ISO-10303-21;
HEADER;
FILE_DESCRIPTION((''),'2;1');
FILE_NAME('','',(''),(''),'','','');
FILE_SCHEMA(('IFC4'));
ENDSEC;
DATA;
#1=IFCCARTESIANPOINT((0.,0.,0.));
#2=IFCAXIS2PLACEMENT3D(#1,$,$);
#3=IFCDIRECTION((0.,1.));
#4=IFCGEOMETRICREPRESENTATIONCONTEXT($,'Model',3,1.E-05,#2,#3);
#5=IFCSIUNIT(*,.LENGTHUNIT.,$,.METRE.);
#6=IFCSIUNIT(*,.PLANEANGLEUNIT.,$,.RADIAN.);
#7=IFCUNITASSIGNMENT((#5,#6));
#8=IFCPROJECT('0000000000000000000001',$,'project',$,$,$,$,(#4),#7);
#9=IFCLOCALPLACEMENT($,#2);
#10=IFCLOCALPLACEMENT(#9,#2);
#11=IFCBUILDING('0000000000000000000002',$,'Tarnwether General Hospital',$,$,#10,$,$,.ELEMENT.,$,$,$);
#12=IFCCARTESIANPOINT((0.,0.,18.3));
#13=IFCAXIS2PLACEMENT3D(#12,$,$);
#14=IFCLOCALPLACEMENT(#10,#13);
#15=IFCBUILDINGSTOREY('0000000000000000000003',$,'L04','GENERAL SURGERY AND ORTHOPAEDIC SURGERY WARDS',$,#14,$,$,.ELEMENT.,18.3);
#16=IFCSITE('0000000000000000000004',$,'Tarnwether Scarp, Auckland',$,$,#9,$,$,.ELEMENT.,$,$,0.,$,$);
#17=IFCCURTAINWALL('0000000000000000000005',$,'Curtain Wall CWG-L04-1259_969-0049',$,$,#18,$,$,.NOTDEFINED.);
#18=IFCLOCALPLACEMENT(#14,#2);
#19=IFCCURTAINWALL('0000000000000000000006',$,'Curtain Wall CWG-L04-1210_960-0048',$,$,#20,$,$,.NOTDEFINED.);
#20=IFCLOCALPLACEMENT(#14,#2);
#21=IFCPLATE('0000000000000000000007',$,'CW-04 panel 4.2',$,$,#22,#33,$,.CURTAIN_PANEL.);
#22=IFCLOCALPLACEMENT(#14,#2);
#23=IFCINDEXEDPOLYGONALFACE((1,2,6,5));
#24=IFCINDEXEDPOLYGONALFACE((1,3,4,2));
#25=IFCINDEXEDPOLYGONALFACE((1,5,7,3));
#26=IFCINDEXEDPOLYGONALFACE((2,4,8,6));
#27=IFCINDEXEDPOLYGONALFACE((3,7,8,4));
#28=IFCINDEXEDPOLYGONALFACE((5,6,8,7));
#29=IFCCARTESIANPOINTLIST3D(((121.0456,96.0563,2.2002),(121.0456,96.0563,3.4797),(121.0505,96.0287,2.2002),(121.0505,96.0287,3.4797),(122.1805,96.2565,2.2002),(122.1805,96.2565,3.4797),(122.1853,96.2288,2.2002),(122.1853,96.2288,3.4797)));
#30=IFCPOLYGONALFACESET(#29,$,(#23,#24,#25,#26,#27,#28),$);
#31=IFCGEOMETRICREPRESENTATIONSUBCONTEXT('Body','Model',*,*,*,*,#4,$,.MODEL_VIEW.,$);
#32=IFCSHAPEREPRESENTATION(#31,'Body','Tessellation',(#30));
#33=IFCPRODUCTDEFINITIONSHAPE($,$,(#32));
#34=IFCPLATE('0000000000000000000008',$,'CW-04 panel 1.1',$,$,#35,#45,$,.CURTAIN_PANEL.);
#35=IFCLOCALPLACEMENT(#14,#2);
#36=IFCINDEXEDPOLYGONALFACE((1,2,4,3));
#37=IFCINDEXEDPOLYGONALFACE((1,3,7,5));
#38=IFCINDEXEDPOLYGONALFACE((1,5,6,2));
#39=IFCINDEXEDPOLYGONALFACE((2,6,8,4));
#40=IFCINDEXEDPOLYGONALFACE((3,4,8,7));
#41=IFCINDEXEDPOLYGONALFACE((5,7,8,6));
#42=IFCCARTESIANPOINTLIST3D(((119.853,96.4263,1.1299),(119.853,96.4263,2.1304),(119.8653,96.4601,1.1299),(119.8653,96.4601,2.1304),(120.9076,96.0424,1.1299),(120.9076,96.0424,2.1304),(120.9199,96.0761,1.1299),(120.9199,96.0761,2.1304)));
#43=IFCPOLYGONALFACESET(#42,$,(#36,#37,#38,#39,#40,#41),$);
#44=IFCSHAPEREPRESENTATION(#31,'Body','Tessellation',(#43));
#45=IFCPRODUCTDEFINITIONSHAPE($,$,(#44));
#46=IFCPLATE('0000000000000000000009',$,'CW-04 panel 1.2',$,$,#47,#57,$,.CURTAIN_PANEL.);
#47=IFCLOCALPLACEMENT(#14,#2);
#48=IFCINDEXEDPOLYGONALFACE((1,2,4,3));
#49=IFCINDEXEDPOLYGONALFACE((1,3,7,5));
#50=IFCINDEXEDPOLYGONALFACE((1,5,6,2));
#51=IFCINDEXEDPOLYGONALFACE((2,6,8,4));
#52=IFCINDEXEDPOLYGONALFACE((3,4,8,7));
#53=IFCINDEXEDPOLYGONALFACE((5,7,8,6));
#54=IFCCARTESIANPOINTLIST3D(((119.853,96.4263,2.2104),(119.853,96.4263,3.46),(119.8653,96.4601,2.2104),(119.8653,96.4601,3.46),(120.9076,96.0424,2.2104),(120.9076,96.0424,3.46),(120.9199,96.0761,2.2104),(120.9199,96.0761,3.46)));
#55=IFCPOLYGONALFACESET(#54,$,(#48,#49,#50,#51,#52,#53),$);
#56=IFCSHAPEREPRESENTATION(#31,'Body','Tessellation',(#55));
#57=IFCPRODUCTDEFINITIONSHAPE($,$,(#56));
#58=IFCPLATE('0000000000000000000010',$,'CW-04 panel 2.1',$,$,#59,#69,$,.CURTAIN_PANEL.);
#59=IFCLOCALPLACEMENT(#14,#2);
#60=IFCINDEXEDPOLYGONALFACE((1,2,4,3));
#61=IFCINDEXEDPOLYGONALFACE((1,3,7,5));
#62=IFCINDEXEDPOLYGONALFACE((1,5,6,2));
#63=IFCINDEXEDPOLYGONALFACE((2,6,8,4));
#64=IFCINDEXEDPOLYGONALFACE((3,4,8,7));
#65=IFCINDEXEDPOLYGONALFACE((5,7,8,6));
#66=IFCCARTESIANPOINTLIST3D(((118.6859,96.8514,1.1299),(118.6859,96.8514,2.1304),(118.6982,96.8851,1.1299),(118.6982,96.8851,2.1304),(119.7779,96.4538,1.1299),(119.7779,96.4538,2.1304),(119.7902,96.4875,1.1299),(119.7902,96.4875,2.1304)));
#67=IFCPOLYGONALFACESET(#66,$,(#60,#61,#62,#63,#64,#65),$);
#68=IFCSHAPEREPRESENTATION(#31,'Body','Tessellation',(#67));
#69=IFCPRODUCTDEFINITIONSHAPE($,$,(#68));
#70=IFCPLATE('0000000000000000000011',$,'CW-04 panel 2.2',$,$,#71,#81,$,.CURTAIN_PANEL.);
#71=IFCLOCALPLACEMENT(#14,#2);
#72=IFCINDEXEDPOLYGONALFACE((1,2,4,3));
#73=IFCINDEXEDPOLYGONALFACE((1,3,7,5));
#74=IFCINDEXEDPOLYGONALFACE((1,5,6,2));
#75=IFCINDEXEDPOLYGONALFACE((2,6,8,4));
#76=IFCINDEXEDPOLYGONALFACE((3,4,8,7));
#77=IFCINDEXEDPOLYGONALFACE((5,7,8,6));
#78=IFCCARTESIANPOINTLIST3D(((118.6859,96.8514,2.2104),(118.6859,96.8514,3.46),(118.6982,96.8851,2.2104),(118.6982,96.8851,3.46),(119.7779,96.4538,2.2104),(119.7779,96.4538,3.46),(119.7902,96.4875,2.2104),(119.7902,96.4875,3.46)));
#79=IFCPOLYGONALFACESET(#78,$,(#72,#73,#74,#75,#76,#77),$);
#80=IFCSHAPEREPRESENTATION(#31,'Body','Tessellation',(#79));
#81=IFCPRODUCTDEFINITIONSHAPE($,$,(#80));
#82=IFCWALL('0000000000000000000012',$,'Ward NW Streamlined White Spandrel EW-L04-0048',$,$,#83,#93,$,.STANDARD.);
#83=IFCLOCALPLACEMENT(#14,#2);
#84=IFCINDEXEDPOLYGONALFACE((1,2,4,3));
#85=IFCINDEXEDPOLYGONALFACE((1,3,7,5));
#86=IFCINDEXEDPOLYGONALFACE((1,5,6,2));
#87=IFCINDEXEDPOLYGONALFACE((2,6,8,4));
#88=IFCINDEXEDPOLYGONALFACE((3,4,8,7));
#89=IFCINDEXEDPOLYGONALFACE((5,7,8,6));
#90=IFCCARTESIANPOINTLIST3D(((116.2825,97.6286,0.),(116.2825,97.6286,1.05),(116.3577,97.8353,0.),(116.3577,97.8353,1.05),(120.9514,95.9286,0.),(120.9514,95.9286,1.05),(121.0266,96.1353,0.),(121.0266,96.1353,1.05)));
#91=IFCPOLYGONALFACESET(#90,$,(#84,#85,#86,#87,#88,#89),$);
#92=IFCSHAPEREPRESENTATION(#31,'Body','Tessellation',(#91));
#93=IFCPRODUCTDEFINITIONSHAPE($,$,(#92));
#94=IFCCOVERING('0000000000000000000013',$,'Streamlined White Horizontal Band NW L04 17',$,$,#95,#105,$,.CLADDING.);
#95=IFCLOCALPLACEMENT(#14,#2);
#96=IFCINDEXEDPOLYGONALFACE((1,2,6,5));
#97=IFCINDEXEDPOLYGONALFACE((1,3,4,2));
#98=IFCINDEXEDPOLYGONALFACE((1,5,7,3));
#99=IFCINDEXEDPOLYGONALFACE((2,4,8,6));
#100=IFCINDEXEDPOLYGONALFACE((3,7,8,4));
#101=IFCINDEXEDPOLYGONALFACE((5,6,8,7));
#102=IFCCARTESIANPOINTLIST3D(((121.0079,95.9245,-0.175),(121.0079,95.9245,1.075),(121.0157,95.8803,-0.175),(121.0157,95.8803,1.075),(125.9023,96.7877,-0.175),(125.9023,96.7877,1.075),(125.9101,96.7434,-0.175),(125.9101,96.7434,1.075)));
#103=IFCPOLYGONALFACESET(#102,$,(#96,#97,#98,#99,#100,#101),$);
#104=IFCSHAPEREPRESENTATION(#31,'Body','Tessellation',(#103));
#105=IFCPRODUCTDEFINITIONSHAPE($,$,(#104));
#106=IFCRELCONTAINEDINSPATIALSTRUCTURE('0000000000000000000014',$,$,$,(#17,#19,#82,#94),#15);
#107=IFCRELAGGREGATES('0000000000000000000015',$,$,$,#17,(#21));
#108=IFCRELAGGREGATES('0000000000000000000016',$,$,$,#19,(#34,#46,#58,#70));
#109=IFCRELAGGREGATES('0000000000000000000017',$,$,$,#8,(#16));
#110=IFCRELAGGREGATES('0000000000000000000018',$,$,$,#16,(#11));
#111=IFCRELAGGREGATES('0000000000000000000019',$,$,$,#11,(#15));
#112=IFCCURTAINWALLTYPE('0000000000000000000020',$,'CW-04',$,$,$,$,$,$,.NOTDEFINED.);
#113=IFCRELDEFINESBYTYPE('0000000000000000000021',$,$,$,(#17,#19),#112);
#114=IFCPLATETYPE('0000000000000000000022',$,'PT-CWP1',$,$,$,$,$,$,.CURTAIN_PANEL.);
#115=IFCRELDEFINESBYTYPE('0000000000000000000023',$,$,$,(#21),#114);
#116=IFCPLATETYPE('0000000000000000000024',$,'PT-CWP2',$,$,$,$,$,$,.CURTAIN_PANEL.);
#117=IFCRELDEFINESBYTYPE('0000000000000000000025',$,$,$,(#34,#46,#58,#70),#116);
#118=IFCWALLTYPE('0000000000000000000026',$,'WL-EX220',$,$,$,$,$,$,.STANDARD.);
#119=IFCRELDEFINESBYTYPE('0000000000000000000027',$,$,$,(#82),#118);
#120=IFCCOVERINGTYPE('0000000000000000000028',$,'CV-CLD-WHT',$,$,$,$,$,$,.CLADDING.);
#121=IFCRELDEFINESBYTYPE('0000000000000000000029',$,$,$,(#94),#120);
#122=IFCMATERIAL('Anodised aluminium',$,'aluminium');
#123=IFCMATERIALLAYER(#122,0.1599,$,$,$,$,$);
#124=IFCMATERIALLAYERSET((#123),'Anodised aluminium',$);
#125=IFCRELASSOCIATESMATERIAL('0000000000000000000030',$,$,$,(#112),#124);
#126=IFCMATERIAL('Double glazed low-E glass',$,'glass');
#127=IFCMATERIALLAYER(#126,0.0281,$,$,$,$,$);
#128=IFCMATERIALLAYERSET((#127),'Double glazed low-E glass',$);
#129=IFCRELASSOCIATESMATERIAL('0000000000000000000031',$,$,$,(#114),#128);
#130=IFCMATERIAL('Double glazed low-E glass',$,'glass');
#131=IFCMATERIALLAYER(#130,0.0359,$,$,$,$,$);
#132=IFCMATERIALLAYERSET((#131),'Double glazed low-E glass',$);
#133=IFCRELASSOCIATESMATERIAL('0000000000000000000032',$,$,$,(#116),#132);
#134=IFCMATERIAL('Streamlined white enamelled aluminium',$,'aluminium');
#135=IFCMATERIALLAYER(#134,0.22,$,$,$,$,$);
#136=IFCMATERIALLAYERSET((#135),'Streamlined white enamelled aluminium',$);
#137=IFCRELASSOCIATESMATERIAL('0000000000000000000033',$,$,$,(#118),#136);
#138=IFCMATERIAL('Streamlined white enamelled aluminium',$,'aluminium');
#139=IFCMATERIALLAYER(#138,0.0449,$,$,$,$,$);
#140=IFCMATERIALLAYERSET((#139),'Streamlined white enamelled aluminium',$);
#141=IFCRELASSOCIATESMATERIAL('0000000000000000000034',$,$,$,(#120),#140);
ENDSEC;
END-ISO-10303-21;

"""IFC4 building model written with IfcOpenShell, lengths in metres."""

from ifc_helpers import new_model, si_unit, direction, frame, frame_2d, origin, origin_2d, place, context, subcontext, project, spatial, rectangle, extrude, material, layer, layer_set, type_object, element, aggregate, save


model = new_model("IFC4")

# Units and contexts
model_context = context("Model", 3, precision=1e-05, world=origin(), true_north=direction((0.0, 1.0)))
body_context = subcontext(model_context, "Body", "Model", "MODEL_VIEW")
ifc_project = project(units=[si_unit("LENGTHUNIT", "METRE"), si_unit("PLANEANGLEUNIT", "RADIAN")], contexts=[model_context])

# Site, building, storey
site_placement = place(None, origin())
site = spatial("IfcSite", under=ifc_project, at=site_placement, Name="Tarnwether Scarp, Auckland", CompositionType="ELEMENT", RefElevation=0.0)
building_placement = place(site_placement, origin())
building = spatial("IfcBuilding", under=site, at=building_placement, Name="Tarnwether General Hospital", CompositionType="ELEMENT")
storey_placement = place(building_placement, frame((0.0, 0.0, 18.3)))
storey = spatial("IfcBuildingStorey", under=building, at=storey_placement, Name="L04", Description="GENERAL SURGERY AND ORTHOPAEDIC SURGERY WARDS", CompositionType="ELEMENT", Elevation=18.3)

# Curtain walls
ifc_material_1 = material(Name="Anodised aluminium", Category="aluminium")
ifc_layer_1 = layer(ifc_material_1, 0.1599)
ifc_layer_set_1 = layer_set([ifc_layer_1], Name="Anodised aluminium")
curtain_wall_type = type_object("IfcCurtainWallType", Name="CW-04", PredefinedType="NOTDEFINED", material=ifc_layer_set_1)
curtain_wall_1_placement = place(storey_placement, origin())
curtain_wall_1 = element("IfcCurtainWall", 1, at=curtain_wall_1_placement, inside=storey, type_object=curtain_wall_type, Name="Curtain Wall CWG-L04-1259_969-0049", PredefinedType="NOTDEFINED")
curtain_wall_2_placement = place(storey_placement, origin())
curtain_wall_2 = element("IfcCurtainWall", 2, at=curtain_wall_2_placement, inside=storey, type_object=curtain_wall_type, Name="Curtain Wall CWG-L04-1210_960-0048", PredefinedType="NOTDEFINED")

# Plates
ifc_material_2 = material(Name="Double glazed low-E glass", Category="glass")
ifc_layer_2 = layer(ifc_material_2, 0.0281)
ifc_layer_set_2 = layer_set([ifc_layer_2], Name="Double glazed low-E glass")
plate_type_1 = type_object("IfcPlateType", Name="PT-CWP1", PredefinedType="CURTAIN_PANEL", material=ifc_layer_set_2)
plate_1_placement = place(storey_placement, frame((121.6155, 96.1426, 2.2002), z_axis=(0.0, 0.0, 1.0), x_axis=(-0.984806, -0.173659, 0.0)))
plate_1 = element("IfcPlate", 3, at=plate_1_placement, type_object=plate_type_1, Name="CW-04 panel 4.2", PredefinedType="CURTAIN_PANEL", context=body_context, shape_type="SweptSolid", body=[
    extrude(rectangle(XDim=1.1523, YDim=0.0281, at=origin_2d()), origin(), (0.0, 0.0, 1.0), 1.2795),
])
aggregate(curtain_wall_1, [plate_1])
ifc_material_3 = material(Name="Double glazed low-E glass", Category="glass")
ifc_layer_3 = layer(ifc_material_3, 0.0359)
ifc_layer_set_3 = layer_set([ifc_layer_3], Name="Double glazed low-E glass")
plate_type_2 = type_object("IfcPlateType", Name="PT-CWP2", PredefinedType="CURTAIN_PANEL", material=ifc_layer_set_3)
plate_2_placement = place(storey_placement, frame((120.3865, 96.2512, 1.1299), z_axis=(0.0, 0.0, 1.0), x_axis=(-0.939652, 0.342131, 0.0)))
plate_2 = element("IfcPlate", 4, at=plate_2_placement, type_object=plate_type_2, Name="CW-04 panel 1.1", PredefinedType="CURTAIN_PANEL", context=body_context, shape_type="SweptSolid", body=[
    extrude(rectangle(XDim=1.1223, YDim=0.0359, at=origin_2d()), origin(), (0.0, 0.0, 1.0), 1.0005),
])
plate_3_placement = place(storey_placement, frame((120.3865, 96.2512, 2.2104), z_axis=(0.0, 0.0, 1.0), x_axis=(-0.939652, 0.342131, 0.0)))
plate_3 = element("IfcPlate", 5, at=plate_3_placement, type_object=plate_type_2, Name="CW-04 panel 1.2", PredefinedType="CURTAIN_PANEL", context=body_context, shape_type="SweptSolid", body=[
    extrude(rectangle(XDim=1.1223, YDim=0.0359, at=origin_2d()), origin(), (0.0, 0.0, 1.0), 1.2495),
])
plate_4_placement = place(storey_placement, frame((119.238, 96.6694, 1.1299), z_axis=(0.0, 0.0, 1.0), x_axis=(-0.939652, 0.342131, 0.0)))
plate_4 = element("IfcPlate", 6, at=plate_4_placement, type_object=plate_type_2, Name="CW-04 panel 2.1", PredefinedType="CURTAIN_PANEL", context=body_context, shape_type="SweptSolid", body=[
    extrude(rectangle(XDim=1.1621, YDim=0.0359, at=origin_2d()), origin(), (0.0, 0.0, 1.0), 1.0005),
])
plate_5_placement = place(storey_placement, frame((119.238, 96.6694, 2.2104), z_axis=(0.0, 0.0, 1.0), x_axis=(-0.939652, 0.342131, 0.0)))
plate_5 = element("IfcPlate", 7, at=plate_5_placement, type_object=plate_type_2, Name="CW-04 panel 2.2", PredefinedType="CURTAIN_PANEL", context=body_context, shape_type="SweptSolid", body=[
    extrude(rectangle(XDim=1.1621, YDim=0.0359, at=origin_2d()), origin(), (0.0, 0.0, 1.0), 1.2495),
])
aggregate(curtain_wall_2, [plate_2, plate_3, plate_4, plate_5])

# Wall
ifc_material_4 = material(Name="Streamlined white enamelled aluminium", Category="aluminium")
ifc_layer_4 = layer(ifc_material_4, 0.22)
ifc_layer_set_4 = layer_set([ifc_layer_4], Name="Streamlined white enamelled aluminium")
wall_type = type_object("IfcWallType", Name="WL-EX220", PredefinedType="STANDARD", material=ifc_layer_set_4)
wall_placement = place(storey_placement, frame((120.989, 96.032, 0.0), z_axis=(0.0, 0.0, 1.0), x_axis=(-0.939654, 0.342126, 0.0)))
element("IfcWall", 8, at=wall_placement, inside=storey, type_object=wall_type, Name="Ward NW Streamlined White Spandrel EW-L04-0048", PredefinedType="STANDARD", context=body_context, shape_type="SweptSolid", body=[
    extrude(rectangle(XDim=4.9688, YDim=0.22, at=frame_2d((2.4844, 0.0))), origin(), (0.0, 0.0, 1.0), 1.05),
])

# Covering
ifc_material_5 = material(Name="Streamlined white enamelled aluminium", Category="aluminium")
ifc_layer_5 = layer(ifc_material_5, 0.0449)
ifc_layer_set_5 = layer_set([ifc_layer_5], Name="Streamlined white enamelled aluminium")
covering_type = type_object("IfcCoveringType", Name="CV-CLD-WHT", PredefinedType="CLADDING", material=ifc_layer_set_5)
covering_placement = place(storey_placement, frame((123.459, 96.334, -0.175), z_axis=(0.0, 0.0, 1.0), x_axis=(-0.984805, -0.173665, 0.0)))
element("IfcCovering", 9, at=covering_placement, inside=storey, type_object=covering_type, Name="Streamlined White Horizontal Band NW L04 17", PredefinedType="CLADDING", context=body_context, shape_type="SweptSolid", body=[
    extrude(rectangle(XDim=4.97, YDim=0.0449, at=origin_2d()), origin(), (0.0, 0.0, 1.0), 1.25),
])

save(model, "model.ifc")
